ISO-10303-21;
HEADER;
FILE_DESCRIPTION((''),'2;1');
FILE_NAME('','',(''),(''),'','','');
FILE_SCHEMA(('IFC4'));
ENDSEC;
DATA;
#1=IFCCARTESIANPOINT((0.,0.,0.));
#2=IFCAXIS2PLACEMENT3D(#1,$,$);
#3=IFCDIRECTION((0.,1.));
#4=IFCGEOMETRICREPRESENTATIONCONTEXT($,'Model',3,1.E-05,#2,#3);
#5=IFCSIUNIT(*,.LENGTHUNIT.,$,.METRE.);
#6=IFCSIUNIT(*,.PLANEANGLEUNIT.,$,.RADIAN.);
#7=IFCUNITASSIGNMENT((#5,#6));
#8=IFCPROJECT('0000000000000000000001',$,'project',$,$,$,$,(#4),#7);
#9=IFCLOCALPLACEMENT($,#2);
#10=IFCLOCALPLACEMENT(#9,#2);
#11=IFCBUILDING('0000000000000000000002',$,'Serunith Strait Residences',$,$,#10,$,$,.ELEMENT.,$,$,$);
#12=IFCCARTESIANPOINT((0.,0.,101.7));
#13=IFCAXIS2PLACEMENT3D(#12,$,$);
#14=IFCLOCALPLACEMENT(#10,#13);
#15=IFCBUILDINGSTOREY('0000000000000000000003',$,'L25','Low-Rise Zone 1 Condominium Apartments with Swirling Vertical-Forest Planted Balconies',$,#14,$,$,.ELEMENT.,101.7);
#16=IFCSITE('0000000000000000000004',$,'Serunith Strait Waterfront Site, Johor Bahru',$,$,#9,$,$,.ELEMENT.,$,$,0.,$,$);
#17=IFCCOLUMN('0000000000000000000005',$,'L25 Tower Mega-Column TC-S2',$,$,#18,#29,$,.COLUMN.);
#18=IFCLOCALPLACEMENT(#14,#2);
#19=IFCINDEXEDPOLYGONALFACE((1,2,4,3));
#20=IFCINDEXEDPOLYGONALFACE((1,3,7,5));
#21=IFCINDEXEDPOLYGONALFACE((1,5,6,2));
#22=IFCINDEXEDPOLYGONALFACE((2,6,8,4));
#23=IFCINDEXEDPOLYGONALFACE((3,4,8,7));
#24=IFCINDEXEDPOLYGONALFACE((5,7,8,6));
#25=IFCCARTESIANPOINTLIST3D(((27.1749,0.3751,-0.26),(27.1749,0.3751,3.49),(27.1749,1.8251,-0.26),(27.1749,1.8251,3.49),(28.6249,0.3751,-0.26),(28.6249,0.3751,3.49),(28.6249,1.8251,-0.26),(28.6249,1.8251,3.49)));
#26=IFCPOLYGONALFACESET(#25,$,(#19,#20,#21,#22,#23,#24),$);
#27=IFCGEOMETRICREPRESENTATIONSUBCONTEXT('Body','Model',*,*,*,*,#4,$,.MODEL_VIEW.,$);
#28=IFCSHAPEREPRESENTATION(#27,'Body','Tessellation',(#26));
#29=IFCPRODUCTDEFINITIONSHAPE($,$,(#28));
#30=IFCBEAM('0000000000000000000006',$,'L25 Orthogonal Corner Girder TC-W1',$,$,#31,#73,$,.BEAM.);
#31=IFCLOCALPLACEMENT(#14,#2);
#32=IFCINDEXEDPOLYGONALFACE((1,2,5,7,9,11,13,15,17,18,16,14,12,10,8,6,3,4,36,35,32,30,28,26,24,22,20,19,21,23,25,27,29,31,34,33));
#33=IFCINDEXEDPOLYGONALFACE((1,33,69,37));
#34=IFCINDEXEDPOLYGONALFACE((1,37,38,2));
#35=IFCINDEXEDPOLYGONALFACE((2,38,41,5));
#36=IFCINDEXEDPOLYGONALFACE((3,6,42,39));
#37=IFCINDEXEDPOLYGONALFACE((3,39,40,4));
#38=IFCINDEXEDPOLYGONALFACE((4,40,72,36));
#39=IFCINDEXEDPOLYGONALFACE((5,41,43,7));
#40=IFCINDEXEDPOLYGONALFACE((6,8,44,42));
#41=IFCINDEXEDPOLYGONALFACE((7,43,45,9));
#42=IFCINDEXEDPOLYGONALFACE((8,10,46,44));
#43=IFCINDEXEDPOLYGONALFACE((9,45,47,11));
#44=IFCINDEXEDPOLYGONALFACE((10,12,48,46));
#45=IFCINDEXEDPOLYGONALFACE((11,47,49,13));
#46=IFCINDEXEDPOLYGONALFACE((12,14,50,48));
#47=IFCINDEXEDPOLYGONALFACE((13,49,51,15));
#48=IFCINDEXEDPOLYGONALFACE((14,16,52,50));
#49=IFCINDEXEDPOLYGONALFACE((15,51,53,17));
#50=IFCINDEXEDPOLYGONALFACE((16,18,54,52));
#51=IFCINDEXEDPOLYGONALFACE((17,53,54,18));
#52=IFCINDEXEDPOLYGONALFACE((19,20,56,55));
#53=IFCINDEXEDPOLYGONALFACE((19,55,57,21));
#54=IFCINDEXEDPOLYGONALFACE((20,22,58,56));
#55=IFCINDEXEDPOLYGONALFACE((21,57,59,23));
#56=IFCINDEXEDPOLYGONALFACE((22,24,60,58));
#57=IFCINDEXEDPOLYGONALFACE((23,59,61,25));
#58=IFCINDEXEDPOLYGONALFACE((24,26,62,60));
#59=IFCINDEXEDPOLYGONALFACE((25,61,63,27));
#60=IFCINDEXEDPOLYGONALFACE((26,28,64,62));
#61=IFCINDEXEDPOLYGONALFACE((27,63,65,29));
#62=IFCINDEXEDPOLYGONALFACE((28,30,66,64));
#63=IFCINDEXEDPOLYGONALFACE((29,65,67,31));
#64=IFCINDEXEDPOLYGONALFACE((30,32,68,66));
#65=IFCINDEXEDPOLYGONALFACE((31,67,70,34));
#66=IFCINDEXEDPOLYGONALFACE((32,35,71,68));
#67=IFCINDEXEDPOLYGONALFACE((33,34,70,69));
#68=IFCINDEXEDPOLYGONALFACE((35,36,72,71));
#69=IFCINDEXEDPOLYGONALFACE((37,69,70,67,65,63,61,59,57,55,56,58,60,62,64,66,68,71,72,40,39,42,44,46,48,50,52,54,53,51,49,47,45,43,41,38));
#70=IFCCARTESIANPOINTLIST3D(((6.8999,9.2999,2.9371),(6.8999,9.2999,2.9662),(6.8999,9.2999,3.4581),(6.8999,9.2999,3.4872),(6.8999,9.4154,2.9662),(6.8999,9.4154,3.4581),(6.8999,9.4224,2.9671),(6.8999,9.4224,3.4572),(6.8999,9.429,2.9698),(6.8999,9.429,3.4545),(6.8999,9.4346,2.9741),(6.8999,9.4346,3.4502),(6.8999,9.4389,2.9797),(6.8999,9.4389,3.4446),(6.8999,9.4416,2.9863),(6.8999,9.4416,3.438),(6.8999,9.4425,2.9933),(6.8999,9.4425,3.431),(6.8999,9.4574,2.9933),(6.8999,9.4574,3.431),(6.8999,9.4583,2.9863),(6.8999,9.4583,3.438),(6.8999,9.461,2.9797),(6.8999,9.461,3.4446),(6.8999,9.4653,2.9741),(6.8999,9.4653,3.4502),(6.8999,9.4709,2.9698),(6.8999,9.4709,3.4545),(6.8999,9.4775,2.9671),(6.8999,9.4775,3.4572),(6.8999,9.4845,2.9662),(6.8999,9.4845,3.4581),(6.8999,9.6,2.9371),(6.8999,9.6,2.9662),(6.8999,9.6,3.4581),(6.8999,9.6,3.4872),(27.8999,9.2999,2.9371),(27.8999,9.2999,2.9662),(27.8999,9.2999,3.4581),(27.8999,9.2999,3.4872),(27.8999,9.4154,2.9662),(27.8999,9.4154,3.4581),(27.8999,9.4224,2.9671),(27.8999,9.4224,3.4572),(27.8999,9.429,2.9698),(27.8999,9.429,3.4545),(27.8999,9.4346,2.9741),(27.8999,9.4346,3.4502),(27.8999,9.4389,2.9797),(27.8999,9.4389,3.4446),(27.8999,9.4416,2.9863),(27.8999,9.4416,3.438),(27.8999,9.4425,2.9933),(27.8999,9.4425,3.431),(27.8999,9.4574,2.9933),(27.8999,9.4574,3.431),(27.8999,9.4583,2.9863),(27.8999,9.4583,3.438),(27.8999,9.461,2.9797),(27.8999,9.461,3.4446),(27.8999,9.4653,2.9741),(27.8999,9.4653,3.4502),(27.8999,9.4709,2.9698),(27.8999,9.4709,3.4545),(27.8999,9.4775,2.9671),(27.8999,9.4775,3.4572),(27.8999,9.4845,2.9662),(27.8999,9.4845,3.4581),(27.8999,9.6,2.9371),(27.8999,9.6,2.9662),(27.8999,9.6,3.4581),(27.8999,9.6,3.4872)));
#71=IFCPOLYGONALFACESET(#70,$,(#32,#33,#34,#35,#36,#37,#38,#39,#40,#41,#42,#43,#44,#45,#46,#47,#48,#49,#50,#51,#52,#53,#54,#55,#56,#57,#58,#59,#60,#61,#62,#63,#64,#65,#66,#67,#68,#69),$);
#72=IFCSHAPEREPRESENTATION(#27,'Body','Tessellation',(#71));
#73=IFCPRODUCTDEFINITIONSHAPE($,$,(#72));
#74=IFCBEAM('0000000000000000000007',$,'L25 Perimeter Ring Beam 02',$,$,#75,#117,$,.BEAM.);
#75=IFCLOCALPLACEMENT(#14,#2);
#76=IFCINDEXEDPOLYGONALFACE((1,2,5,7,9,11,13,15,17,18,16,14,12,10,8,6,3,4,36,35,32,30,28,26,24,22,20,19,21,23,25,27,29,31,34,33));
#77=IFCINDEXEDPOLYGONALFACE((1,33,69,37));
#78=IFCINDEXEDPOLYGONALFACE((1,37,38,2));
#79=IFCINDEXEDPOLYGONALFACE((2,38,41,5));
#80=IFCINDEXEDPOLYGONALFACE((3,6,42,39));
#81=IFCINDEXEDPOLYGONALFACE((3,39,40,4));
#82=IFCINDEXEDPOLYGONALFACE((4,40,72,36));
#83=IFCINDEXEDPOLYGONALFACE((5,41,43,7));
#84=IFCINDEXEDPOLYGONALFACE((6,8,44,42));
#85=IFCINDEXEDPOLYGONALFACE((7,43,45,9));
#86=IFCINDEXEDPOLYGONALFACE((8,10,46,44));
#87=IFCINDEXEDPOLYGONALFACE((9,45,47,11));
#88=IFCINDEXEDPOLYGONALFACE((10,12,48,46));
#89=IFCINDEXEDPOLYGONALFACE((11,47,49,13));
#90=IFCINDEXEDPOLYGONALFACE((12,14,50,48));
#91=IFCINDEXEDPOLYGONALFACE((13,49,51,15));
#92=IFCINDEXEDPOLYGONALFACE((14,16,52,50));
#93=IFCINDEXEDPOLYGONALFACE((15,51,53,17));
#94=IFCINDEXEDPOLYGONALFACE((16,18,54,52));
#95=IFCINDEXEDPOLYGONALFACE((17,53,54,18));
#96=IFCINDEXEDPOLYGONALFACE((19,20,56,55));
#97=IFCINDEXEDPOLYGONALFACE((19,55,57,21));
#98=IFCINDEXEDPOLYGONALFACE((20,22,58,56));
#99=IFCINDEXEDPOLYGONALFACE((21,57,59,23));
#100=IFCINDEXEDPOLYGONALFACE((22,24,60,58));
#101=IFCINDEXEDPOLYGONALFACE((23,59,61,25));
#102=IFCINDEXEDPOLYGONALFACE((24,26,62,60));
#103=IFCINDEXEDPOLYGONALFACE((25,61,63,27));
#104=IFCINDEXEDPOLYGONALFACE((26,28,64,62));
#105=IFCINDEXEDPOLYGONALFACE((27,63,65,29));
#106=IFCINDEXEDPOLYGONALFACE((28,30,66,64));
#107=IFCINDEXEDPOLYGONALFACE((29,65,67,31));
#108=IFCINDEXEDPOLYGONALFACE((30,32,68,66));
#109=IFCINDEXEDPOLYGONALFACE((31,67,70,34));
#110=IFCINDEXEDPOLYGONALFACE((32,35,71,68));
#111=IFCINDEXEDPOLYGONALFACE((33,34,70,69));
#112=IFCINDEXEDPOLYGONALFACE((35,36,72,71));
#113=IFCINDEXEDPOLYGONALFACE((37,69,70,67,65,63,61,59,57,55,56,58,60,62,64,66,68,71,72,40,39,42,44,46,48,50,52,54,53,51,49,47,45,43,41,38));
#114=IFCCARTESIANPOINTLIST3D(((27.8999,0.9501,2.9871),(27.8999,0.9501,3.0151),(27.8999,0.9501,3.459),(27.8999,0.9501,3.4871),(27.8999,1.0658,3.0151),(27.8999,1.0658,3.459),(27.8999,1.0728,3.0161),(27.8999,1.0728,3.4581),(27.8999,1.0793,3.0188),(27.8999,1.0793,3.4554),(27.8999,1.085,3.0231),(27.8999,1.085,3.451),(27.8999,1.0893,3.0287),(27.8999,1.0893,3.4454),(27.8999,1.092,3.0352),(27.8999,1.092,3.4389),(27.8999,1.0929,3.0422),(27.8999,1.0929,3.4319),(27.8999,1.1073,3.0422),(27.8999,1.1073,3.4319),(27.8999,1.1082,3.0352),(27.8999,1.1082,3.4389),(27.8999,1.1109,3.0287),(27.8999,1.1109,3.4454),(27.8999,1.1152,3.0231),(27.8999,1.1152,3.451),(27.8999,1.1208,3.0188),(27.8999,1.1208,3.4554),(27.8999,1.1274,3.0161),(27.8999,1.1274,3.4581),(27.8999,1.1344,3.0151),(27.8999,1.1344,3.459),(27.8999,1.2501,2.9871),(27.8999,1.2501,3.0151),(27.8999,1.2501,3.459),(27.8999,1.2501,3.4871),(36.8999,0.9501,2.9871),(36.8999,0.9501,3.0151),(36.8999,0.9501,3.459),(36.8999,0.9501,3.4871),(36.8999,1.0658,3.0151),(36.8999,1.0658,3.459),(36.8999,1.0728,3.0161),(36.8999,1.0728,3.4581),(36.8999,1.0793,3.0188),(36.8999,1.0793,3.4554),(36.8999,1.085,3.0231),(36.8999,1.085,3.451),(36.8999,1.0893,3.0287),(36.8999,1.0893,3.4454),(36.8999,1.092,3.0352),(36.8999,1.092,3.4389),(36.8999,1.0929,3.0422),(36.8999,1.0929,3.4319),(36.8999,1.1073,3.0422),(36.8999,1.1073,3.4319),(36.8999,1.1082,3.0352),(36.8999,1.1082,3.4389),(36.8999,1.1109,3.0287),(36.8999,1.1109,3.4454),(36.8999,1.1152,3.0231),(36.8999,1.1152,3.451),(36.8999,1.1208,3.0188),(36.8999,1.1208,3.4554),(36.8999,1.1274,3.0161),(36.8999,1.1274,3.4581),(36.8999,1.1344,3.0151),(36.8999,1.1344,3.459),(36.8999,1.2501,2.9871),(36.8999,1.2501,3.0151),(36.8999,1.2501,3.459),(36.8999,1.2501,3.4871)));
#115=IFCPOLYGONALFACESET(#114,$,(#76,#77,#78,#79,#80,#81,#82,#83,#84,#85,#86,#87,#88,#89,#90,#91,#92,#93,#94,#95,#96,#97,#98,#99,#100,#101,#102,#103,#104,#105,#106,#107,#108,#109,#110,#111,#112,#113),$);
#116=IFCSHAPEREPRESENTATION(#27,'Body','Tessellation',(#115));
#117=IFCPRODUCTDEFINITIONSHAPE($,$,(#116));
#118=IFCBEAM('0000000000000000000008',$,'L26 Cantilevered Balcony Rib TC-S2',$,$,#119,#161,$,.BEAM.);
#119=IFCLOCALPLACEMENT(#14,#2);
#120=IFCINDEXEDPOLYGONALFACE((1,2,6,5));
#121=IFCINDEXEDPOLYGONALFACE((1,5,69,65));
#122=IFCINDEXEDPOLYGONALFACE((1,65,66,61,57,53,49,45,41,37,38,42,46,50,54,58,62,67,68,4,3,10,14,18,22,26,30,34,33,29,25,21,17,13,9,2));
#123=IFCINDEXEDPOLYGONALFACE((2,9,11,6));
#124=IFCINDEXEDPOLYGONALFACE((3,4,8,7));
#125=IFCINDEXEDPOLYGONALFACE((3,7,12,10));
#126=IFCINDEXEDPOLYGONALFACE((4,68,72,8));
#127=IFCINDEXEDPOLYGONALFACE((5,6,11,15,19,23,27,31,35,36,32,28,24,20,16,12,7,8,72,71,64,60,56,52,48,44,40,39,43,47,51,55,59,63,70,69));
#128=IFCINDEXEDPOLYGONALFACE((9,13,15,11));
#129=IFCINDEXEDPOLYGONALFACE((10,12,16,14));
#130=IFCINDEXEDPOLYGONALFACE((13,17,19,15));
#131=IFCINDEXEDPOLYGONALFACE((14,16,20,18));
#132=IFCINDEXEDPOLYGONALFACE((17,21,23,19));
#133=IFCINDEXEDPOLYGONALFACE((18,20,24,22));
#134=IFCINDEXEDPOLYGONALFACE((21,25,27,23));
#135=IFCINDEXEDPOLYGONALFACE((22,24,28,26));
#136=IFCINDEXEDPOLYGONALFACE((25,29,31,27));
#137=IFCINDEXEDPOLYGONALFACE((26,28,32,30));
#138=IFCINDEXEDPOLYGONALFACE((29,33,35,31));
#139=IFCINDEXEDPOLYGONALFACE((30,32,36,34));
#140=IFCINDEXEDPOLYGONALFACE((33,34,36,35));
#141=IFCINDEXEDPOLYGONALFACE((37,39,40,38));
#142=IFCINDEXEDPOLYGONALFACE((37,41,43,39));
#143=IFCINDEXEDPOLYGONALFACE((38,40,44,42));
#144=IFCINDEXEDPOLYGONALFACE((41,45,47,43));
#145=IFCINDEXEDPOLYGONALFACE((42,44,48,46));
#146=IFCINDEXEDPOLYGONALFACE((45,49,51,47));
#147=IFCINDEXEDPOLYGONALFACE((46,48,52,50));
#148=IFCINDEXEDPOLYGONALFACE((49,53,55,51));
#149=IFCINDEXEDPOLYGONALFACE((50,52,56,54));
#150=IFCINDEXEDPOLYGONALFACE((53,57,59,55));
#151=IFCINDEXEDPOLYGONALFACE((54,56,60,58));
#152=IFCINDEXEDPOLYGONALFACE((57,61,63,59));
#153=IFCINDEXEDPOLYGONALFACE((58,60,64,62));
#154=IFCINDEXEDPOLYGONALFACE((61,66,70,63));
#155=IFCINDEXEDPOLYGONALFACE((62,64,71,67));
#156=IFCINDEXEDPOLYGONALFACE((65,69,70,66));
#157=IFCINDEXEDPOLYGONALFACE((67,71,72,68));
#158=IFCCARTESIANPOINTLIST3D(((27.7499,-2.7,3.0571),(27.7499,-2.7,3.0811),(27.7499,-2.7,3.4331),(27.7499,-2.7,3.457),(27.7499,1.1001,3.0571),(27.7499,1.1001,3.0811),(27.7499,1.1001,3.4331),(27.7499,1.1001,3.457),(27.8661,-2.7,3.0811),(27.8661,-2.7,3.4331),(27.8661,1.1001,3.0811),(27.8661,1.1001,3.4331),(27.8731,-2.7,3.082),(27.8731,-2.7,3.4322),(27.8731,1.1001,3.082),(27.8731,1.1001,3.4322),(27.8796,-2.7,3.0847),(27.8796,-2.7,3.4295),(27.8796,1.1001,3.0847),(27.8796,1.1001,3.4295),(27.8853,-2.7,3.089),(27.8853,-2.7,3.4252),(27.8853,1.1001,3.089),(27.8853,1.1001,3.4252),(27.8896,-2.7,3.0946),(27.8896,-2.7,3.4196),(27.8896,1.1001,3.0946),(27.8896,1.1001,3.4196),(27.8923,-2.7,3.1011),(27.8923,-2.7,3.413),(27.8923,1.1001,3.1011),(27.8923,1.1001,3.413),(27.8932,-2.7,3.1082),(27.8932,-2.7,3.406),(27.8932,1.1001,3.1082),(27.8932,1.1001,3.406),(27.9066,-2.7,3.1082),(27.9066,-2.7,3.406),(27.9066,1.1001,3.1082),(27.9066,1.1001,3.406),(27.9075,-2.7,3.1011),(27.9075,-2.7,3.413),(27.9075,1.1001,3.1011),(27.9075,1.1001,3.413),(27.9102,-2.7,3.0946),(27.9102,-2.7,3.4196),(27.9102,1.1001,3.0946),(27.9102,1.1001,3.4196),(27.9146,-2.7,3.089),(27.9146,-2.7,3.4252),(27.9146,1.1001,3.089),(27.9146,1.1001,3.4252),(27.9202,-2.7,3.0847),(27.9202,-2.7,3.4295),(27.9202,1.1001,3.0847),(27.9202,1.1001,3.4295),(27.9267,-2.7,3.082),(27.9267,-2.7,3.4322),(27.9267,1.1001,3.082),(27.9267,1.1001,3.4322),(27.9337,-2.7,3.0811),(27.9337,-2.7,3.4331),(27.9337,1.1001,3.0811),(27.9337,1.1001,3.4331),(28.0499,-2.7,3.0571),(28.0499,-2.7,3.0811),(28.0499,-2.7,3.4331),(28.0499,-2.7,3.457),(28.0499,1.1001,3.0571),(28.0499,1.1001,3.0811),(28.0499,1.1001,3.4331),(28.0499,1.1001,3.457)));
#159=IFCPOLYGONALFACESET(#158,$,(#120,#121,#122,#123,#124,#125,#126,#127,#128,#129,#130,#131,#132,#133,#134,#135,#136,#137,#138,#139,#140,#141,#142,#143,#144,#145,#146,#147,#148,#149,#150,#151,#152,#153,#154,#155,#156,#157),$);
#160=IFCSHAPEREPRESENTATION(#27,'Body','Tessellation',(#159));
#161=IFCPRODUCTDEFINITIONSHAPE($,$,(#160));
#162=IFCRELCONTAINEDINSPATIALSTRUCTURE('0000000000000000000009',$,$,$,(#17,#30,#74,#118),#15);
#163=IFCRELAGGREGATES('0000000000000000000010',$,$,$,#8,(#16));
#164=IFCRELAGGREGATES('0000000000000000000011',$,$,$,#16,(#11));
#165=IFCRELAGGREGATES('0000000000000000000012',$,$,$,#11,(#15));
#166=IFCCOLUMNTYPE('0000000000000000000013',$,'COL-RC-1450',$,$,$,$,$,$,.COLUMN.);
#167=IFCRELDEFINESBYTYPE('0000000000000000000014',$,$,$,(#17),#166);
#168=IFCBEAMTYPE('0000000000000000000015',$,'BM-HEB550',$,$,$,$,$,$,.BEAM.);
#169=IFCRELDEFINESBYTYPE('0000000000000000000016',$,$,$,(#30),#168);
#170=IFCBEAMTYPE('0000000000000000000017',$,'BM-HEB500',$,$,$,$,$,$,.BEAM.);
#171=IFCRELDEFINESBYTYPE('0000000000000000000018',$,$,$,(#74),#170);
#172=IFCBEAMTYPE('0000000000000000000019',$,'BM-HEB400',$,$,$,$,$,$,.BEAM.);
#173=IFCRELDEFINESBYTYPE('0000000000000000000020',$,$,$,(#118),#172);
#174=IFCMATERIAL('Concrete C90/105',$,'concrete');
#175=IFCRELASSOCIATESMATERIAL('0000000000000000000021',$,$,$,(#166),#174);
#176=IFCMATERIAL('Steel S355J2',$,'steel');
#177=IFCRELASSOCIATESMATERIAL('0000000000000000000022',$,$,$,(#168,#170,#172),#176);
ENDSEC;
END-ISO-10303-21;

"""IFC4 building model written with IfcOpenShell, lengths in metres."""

from ifc_helpers import new_model, si_unit, direction, frame, origin, origin_2d, place, context, subcontext, project, spatial, rectangle, i_section, extrude, source, transform, mapped, material, material_profile, profile_set, type_object, element, save


model = new_model("IFC4")

# Units and contexts
model_context = context("Model", 3, precision=1e-05, world=origin(), true_north=direction((0.0, 1.0)))
body_context = subcontext(model_context, "Body", "Model", "MODEL_VIEW")
ifc_project = project(units=[si_unit("LENGTHUNIT", "METRE"), si_unit("PLANEANGLEUNIT", "RADIAN")], contexts=[model_context])

# Site, building, storey
site_placement = place(None, origin())
site = spatial("IfcSite", under=ifc_project, at=site_placement, Name="Serunith Strait Waterfront Site, Johor Bahru", CompositionType="ELEMENT", RefElevation=0.0)
building_placement = place(site_placement, origin())
building = spatial("IfcBuilding", under=site, at=building_placement, Name="Serunith Strait Residences", CompositionType="ELEMENT")
storey_placement = place(building_placement, frame((0.0, 0.0, 101.7)))
storey = spatial("IfcBuildingStorey", under=building, at=storey_placement, Name="L25", Description="Low-Rise Zone 1 Condominium Apartments with Swirling Vertical-Forest Planted Balconies", CompositionType="ELEMENT", Elevation=101.7)

# Column
ifc_material_1 = material(Name="Concrete C90/105", Category="concrete")
ifc_material_profile_1 = material_profile(ifc_material_1, rectangle(XDim=1.45, YDim=1.45, at=origin_2d()), Name="RC 1450x1450")
ifc_profile_set_1 = profile_set([ifc_material_profile_1], Name="Concrete C90/105")
column_type = type_object("IfcColumnType", Name="COL-RC-1450", PredefinedType="COLUMN", material=ifc_profile_set_1)
shared_shape_1 = source(origin(), body_context, "Body", "SweptSolid", [
    extrude(rectangle(XDim=1.45, YDim=1.45, at=origin_2d()), origin(), (0.0, 0.0, 1.0), 3.75),
])
column_placement = place(storey_placement, frame((27.8999, 1.1001, -0.26), z_axis=(0.0, 0.0, 1.0), x_axis=(1.0, 0.0, 0.0)))
element("IfcColumn", 1, at=column_placement, inside=storey, type_object=column_type, Name="L25 Tower Mega-Column TC-S2", PredefinedType="COLUMN", context=body_context, shape_type="MappedRepresentation", body=[
    mapped(shared_shape_1, transform((0.0, 0.0, 0.0), scale=1.0)),
])

# Beams
ifc_material_2 = material(Name="Steel S355J2", Category="steel")
ifc_material_profile_2 = material_profile(ifc_material_2, i_section(OverallWidth=0.3, OverallDepth=0.55, WebThickness=0.0149, FlangeThickness=0.0291, FilletRadius=0.0271, at=origin_2d()), Name="HEB 550")
ifc_profile_set_2 = profile_set([ifc_material_profile_2], Name="Steel S355J2")
beam_type_1 = type_object("IfcBeamType", Name="BM-HEB550", PredefinedType="BEAM", material=ifc_profile_set_2)
shared_shape_2 = source(origin(), body_context, "Body", "SweptSolid", [
    extrude(i_section(OverallWidth=0.3, OverallDepth=0.55, WebThickness=0.0149, FlangeThickness=0.0291, FilletRadius=0.0271, at=origin_2d()), origin(), (0.0, 0.0, 1.0), 21.0),
])
beam_1_placement = place(storey_placement, frame((27.8999, 9.45, 3.2122), z_axis=(-1.0, 0.0, 0.0), x_axis=(0.0, -1.0, 0.0)))
element("IfcBeam", 2, at=beam_1_placement, inside=storey, type_object=beam_type_1, Name="L25 Orthogonal Corner Girder TC-W1", PredefinedType="BEAM", context=body_context, shape_type="MappedRepresentation", body=[
    mapped(shared_shape_2, transform((0.0, 0.0, 0.0), scale=1.0)),
])
ifc_material_profile_3 = material_profile(ifc_material_2, i_section(OverallWidth=0.3, OverallDepth=0.5, WebThickness=0.0144, FlangeThickness=0.0281, FilletRadius=0.0271, at=origin_2d()), Name="HEB 500")
ifc_profile_set_3 = profile_set([ifc_material_profile_3], Name="Steel S355J2")
beam_type_2 = type_object("IfcBeamType", Name="BM-HEB500", PredefinedType="BEAM", material=ifc_profile_set_3)
shared_shape_3 = source(origin(), body_context, "Body", "SweptSolid", [
    extrude(i_section(OverallWidth=0.3, OverallDepth=0.5, WebThickness=0.0144, FlangeThickness=0.0281, FilletRadius=0.0271, at=origin_2d()), origin(), (0.0, 0.0, 1.0), 9.0),
])
beam_2_placement = place(storey_placement, frame((27.8999, 1.1001, 3.2371), z_axis=(1.0, 0.0, 0.0), x_axis=(0.0, 1.0, 0.0)))
element("IfcBeam", 3, at=beam_2_placement, inside=storey, type_object=beam_type_2, Name="L25 Perimeter Ring Beam 02", PredefinedType="BEAM", context=body_context, shape_type="MappedRepresentation", body=[
    mapped(shared_shape_3, transform((0.0, 0.0, 0.0), scale=1.0)),
])
ifc_material_profile_4 = material_profile(ifc_material_2, i_section(OverallWidth=0.3, OverallDepth=0.3999, WebThickness=0.0134, FlangeThickness=0.0239, FilletRadius=0.0271, at=origin_2d()), Name="HEB 400")
ifc_profile_set_4 = profile_set([ifc_material_profile_4], Name="Steel S355J2")
beam_type_3 = type_object("IfcBeamType", Name="BM-HEB400", PredefinedType="BEAM", material=ifc_profile_set_4)
shared_shape_4 = source(origin(), body_context, "Body", "SweptSolid", [
    extrude(i_section(OverallWidth=0.3, OverallDepth=0.3999, WebThickness=0.0134, FlangeThickness=0.0239, FilletRadius=0.0271, at=origin_2d()), origin(), (0.0, 0.0, 1.0), 3.8),
])
beam_3_placement = place(storey_placement, frame((27.8999, 1.1001, 3.2571), z_axis=(0.0, -1.0, 0.0), x_axis=(1.0, 0.0, 0.0)))
element("IfcBeam", 4, at=beam_3_placement, inside=storey, type_object=beam_type_3, Name="L26 Cantilevered Balcony Rib TC-S2", PredefinedType="BEAM", context=body_context, shape_type="MappedRepresentation", body=[
    mapped(shared_shape_4, transform((0.0, 0.0, 0.0), scale=1.0)),
])

save(model, "model.ifc")
